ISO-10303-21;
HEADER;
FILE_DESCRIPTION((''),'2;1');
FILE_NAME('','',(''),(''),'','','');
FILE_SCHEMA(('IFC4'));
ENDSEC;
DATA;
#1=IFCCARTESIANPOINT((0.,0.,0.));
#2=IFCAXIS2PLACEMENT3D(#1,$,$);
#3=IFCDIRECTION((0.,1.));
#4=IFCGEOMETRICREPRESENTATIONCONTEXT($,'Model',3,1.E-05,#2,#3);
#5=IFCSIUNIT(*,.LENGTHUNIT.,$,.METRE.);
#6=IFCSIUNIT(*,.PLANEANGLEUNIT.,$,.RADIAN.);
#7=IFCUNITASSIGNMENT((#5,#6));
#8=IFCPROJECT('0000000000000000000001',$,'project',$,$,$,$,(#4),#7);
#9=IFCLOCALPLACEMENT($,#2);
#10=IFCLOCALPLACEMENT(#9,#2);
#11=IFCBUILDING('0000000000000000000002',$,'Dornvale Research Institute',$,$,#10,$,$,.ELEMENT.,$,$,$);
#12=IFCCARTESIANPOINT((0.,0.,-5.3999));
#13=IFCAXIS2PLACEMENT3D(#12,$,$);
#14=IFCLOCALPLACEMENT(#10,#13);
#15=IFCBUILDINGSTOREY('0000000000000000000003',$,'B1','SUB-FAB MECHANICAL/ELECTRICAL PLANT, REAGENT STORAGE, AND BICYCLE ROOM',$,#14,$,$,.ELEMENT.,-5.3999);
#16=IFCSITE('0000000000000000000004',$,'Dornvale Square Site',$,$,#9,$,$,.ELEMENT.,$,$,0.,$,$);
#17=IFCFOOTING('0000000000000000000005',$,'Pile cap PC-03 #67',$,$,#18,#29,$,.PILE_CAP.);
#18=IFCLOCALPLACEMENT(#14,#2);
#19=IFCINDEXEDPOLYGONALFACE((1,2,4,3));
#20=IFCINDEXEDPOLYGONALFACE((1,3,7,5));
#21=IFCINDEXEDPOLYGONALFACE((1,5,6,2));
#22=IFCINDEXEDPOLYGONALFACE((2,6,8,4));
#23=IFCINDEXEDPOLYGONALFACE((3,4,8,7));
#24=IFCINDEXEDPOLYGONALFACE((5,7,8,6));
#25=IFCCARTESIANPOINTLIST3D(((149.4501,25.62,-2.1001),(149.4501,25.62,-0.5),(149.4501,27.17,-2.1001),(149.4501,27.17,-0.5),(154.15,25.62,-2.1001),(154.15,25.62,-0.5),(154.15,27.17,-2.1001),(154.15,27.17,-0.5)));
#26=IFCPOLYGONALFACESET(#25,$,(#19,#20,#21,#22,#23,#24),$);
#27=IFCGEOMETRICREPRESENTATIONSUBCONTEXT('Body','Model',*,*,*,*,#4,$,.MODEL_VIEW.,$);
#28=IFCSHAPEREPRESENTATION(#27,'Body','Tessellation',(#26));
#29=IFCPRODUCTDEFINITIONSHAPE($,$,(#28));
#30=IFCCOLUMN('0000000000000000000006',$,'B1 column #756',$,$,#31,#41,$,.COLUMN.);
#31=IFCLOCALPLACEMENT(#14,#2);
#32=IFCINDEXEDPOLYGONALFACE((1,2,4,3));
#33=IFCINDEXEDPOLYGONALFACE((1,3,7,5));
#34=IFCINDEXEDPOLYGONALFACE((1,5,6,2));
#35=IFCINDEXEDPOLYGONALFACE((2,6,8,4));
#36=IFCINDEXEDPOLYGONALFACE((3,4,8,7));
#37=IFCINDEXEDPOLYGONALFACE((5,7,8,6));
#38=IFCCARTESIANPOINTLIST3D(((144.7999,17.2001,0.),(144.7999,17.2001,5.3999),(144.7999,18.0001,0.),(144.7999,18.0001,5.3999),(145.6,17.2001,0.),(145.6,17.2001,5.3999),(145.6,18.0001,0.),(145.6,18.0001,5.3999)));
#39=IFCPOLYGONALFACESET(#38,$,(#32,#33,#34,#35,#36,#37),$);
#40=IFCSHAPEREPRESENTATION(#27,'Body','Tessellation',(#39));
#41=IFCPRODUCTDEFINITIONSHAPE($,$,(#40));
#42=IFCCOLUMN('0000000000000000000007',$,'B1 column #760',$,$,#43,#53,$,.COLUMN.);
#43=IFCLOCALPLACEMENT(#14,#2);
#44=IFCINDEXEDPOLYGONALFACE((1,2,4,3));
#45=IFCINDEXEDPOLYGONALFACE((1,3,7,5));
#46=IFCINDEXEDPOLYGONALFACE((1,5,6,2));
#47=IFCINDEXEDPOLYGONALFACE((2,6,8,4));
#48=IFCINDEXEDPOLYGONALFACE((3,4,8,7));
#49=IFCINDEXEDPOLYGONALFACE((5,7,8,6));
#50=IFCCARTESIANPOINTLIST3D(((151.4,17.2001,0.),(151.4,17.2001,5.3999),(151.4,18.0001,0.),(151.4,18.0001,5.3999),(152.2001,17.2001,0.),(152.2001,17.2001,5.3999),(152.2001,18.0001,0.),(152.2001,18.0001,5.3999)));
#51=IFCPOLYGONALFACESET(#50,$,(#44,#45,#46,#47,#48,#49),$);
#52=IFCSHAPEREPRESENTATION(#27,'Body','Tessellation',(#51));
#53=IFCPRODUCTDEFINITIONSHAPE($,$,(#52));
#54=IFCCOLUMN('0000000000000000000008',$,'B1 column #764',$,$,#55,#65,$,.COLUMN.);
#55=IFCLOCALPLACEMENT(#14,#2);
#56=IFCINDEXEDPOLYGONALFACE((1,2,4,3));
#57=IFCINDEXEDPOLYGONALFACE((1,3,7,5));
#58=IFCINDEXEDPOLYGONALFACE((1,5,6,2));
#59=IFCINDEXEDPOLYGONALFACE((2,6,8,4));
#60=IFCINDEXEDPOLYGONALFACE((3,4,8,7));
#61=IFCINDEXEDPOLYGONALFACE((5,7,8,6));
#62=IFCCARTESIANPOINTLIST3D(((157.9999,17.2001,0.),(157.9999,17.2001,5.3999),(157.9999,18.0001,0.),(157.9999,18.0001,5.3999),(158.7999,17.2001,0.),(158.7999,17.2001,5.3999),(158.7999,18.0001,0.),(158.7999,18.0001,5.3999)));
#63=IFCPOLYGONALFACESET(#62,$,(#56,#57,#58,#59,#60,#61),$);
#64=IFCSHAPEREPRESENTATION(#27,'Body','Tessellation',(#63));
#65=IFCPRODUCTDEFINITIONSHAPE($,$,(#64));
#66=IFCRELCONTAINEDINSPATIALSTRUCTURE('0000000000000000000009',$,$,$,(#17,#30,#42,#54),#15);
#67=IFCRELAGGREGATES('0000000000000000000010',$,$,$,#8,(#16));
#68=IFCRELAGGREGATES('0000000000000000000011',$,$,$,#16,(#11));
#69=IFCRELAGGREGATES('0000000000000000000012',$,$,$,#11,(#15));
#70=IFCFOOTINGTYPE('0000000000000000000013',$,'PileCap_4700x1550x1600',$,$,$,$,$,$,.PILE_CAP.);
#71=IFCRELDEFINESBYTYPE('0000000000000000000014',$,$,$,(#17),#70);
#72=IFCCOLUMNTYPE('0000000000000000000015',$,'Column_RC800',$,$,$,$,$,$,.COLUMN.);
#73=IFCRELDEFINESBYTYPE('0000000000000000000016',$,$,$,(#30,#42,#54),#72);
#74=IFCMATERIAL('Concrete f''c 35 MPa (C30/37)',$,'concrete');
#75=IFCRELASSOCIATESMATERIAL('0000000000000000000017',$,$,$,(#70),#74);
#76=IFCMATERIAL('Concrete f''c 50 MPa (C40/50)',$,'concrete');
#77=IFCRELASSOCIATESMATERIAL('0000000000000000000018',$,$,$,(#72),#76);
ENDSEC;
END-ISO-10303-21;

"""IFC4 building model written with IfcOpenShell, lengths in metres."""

from ifc_helpers import new_model, si_unit, direction, frame, origin, origin_2d, place, context, subcontext, project, spatial, rectangle, extrude, material, material_profile, profile_set, type_object, element, save


model = new_model("IFC4")

# Units and contexts
model_context = context("Model", 3, precision=1e-05, world=origin(), true_north=direction((0.0, 1.0)))
body_context = subcontext(model_context, "Body", "Model", "MODEL_VIEW")
ifc_project = project(units=[si_unit("LENGTHUNIT", "METRE"), si_unit("PLANEANGLEUNIT", "RADIAN")], contexts=[model_context])

# Site, building, storey
site_placement = place(None, origin())
site = spatial("IfcSite", under=ifc_project, at=site_placement, Name="Dornvale Square Site", CompositionType="ELEMENT", RefElevation=0.0)
building_placement = place(site_placement, origin())
building = spatial("IfcBuilding", under=site, at=building_placement, Name="Dornvale Research Institute", CompositionType="ELEMENT")
storey_placement = place(building_placement, frame((0.0, 0.0, -5.3999)))
storey = spatial("IfcBuildingStorey", under=building, at=storey_placement, Name="B1", Description="SUB-FAB MECHANICAL/ELECTRICAL PLANT, REAGENT STORAGE, AND BICYCLE ROOM", CompositionType="ELEMENT", Elevation=-5.3999)

# Footing
ifc_material_1 = material(Name="Concrete f'c 35 MPa (C30/37)", Category="concrete")
footing_type_1 = type_object("IfcFootingType", Name="PileCap_4700x1550x1600", PredefinedType="PILE_CAP", material=ifc_material_1)
for number, where, z_axis, x_axis, name in (
    (1, (151.8, 26.395, -2.1001), (0.0, 0.0, 1.0), (1.0, 0.0, 0.0), "Pile cap PC-03 #67"),
):
    element("IfcFooting", number, at=place(storey_placement, frame(where, z_axis=z_axis, x_axis=x_axis)), inside=storey, type_object=footing_type_1, Name=name, PredefinedType="PILE_CAP", context=body_context, shape_type="SweptSolid", body=[
        extrude(rectangle(XDim=4.7, YDim=1.55, at=origin_2d()), origin(), (0.0, 0.0, 1.0), 1.6001),
    ])

# Columns
ifc_material_2 = material(Name="Concrete f'c 50 MPa (C40/50)", Category="concrete")
ifc_material_profile_1 = material_profile(ifc_material_2, rectangle(XDim=0.8, YDim=0.8, at=origin_2d()), Name="RC 800x800")
ifc_profile_set_1 = profile_set([ifc_material_profile_1], Name="Concrete f'c 50 MPa (C40/50)")
column_type = type_object("IfcColumnType", Name="Column_RC800", PredefinedType="COLUMN", material=ifc_profile_set_1)
for number, where, z_axis, x_axis, name in (
    (2, (145.2, 17.6001, 0.0), (0.0, 0.0, 1.0), (1.0, 0.0, 0.0), "B1 column #756"),
    (3, (151.8, 17.6001, 0.0), (0.0, 0.0, 1.0), (1.0, 0.0, 0.0), "B1 column #760"),
    (4, (158.3999, 17.6001, 0.0), (0.0, 0.0, 1.0), (1.0, 0.0, 0.0), "B1 column #764"),
):
    element("IfcColumn", number, at=place(storey_placement, frame(where, z_axis=z_axis, x_axis=x_axis)), inside=storey, type_object=column_type, Name=name, PredefinedType="COLUMN", context=body_context, shape_type="SweptSolid", body=[
        extrude(rectangle(XDim=0.8, YDim=0.8, at=origin_2d()), origin(), (0.0, 0.0, 1.0), 5.3999),
    ])

save(model, "model.ifc")
